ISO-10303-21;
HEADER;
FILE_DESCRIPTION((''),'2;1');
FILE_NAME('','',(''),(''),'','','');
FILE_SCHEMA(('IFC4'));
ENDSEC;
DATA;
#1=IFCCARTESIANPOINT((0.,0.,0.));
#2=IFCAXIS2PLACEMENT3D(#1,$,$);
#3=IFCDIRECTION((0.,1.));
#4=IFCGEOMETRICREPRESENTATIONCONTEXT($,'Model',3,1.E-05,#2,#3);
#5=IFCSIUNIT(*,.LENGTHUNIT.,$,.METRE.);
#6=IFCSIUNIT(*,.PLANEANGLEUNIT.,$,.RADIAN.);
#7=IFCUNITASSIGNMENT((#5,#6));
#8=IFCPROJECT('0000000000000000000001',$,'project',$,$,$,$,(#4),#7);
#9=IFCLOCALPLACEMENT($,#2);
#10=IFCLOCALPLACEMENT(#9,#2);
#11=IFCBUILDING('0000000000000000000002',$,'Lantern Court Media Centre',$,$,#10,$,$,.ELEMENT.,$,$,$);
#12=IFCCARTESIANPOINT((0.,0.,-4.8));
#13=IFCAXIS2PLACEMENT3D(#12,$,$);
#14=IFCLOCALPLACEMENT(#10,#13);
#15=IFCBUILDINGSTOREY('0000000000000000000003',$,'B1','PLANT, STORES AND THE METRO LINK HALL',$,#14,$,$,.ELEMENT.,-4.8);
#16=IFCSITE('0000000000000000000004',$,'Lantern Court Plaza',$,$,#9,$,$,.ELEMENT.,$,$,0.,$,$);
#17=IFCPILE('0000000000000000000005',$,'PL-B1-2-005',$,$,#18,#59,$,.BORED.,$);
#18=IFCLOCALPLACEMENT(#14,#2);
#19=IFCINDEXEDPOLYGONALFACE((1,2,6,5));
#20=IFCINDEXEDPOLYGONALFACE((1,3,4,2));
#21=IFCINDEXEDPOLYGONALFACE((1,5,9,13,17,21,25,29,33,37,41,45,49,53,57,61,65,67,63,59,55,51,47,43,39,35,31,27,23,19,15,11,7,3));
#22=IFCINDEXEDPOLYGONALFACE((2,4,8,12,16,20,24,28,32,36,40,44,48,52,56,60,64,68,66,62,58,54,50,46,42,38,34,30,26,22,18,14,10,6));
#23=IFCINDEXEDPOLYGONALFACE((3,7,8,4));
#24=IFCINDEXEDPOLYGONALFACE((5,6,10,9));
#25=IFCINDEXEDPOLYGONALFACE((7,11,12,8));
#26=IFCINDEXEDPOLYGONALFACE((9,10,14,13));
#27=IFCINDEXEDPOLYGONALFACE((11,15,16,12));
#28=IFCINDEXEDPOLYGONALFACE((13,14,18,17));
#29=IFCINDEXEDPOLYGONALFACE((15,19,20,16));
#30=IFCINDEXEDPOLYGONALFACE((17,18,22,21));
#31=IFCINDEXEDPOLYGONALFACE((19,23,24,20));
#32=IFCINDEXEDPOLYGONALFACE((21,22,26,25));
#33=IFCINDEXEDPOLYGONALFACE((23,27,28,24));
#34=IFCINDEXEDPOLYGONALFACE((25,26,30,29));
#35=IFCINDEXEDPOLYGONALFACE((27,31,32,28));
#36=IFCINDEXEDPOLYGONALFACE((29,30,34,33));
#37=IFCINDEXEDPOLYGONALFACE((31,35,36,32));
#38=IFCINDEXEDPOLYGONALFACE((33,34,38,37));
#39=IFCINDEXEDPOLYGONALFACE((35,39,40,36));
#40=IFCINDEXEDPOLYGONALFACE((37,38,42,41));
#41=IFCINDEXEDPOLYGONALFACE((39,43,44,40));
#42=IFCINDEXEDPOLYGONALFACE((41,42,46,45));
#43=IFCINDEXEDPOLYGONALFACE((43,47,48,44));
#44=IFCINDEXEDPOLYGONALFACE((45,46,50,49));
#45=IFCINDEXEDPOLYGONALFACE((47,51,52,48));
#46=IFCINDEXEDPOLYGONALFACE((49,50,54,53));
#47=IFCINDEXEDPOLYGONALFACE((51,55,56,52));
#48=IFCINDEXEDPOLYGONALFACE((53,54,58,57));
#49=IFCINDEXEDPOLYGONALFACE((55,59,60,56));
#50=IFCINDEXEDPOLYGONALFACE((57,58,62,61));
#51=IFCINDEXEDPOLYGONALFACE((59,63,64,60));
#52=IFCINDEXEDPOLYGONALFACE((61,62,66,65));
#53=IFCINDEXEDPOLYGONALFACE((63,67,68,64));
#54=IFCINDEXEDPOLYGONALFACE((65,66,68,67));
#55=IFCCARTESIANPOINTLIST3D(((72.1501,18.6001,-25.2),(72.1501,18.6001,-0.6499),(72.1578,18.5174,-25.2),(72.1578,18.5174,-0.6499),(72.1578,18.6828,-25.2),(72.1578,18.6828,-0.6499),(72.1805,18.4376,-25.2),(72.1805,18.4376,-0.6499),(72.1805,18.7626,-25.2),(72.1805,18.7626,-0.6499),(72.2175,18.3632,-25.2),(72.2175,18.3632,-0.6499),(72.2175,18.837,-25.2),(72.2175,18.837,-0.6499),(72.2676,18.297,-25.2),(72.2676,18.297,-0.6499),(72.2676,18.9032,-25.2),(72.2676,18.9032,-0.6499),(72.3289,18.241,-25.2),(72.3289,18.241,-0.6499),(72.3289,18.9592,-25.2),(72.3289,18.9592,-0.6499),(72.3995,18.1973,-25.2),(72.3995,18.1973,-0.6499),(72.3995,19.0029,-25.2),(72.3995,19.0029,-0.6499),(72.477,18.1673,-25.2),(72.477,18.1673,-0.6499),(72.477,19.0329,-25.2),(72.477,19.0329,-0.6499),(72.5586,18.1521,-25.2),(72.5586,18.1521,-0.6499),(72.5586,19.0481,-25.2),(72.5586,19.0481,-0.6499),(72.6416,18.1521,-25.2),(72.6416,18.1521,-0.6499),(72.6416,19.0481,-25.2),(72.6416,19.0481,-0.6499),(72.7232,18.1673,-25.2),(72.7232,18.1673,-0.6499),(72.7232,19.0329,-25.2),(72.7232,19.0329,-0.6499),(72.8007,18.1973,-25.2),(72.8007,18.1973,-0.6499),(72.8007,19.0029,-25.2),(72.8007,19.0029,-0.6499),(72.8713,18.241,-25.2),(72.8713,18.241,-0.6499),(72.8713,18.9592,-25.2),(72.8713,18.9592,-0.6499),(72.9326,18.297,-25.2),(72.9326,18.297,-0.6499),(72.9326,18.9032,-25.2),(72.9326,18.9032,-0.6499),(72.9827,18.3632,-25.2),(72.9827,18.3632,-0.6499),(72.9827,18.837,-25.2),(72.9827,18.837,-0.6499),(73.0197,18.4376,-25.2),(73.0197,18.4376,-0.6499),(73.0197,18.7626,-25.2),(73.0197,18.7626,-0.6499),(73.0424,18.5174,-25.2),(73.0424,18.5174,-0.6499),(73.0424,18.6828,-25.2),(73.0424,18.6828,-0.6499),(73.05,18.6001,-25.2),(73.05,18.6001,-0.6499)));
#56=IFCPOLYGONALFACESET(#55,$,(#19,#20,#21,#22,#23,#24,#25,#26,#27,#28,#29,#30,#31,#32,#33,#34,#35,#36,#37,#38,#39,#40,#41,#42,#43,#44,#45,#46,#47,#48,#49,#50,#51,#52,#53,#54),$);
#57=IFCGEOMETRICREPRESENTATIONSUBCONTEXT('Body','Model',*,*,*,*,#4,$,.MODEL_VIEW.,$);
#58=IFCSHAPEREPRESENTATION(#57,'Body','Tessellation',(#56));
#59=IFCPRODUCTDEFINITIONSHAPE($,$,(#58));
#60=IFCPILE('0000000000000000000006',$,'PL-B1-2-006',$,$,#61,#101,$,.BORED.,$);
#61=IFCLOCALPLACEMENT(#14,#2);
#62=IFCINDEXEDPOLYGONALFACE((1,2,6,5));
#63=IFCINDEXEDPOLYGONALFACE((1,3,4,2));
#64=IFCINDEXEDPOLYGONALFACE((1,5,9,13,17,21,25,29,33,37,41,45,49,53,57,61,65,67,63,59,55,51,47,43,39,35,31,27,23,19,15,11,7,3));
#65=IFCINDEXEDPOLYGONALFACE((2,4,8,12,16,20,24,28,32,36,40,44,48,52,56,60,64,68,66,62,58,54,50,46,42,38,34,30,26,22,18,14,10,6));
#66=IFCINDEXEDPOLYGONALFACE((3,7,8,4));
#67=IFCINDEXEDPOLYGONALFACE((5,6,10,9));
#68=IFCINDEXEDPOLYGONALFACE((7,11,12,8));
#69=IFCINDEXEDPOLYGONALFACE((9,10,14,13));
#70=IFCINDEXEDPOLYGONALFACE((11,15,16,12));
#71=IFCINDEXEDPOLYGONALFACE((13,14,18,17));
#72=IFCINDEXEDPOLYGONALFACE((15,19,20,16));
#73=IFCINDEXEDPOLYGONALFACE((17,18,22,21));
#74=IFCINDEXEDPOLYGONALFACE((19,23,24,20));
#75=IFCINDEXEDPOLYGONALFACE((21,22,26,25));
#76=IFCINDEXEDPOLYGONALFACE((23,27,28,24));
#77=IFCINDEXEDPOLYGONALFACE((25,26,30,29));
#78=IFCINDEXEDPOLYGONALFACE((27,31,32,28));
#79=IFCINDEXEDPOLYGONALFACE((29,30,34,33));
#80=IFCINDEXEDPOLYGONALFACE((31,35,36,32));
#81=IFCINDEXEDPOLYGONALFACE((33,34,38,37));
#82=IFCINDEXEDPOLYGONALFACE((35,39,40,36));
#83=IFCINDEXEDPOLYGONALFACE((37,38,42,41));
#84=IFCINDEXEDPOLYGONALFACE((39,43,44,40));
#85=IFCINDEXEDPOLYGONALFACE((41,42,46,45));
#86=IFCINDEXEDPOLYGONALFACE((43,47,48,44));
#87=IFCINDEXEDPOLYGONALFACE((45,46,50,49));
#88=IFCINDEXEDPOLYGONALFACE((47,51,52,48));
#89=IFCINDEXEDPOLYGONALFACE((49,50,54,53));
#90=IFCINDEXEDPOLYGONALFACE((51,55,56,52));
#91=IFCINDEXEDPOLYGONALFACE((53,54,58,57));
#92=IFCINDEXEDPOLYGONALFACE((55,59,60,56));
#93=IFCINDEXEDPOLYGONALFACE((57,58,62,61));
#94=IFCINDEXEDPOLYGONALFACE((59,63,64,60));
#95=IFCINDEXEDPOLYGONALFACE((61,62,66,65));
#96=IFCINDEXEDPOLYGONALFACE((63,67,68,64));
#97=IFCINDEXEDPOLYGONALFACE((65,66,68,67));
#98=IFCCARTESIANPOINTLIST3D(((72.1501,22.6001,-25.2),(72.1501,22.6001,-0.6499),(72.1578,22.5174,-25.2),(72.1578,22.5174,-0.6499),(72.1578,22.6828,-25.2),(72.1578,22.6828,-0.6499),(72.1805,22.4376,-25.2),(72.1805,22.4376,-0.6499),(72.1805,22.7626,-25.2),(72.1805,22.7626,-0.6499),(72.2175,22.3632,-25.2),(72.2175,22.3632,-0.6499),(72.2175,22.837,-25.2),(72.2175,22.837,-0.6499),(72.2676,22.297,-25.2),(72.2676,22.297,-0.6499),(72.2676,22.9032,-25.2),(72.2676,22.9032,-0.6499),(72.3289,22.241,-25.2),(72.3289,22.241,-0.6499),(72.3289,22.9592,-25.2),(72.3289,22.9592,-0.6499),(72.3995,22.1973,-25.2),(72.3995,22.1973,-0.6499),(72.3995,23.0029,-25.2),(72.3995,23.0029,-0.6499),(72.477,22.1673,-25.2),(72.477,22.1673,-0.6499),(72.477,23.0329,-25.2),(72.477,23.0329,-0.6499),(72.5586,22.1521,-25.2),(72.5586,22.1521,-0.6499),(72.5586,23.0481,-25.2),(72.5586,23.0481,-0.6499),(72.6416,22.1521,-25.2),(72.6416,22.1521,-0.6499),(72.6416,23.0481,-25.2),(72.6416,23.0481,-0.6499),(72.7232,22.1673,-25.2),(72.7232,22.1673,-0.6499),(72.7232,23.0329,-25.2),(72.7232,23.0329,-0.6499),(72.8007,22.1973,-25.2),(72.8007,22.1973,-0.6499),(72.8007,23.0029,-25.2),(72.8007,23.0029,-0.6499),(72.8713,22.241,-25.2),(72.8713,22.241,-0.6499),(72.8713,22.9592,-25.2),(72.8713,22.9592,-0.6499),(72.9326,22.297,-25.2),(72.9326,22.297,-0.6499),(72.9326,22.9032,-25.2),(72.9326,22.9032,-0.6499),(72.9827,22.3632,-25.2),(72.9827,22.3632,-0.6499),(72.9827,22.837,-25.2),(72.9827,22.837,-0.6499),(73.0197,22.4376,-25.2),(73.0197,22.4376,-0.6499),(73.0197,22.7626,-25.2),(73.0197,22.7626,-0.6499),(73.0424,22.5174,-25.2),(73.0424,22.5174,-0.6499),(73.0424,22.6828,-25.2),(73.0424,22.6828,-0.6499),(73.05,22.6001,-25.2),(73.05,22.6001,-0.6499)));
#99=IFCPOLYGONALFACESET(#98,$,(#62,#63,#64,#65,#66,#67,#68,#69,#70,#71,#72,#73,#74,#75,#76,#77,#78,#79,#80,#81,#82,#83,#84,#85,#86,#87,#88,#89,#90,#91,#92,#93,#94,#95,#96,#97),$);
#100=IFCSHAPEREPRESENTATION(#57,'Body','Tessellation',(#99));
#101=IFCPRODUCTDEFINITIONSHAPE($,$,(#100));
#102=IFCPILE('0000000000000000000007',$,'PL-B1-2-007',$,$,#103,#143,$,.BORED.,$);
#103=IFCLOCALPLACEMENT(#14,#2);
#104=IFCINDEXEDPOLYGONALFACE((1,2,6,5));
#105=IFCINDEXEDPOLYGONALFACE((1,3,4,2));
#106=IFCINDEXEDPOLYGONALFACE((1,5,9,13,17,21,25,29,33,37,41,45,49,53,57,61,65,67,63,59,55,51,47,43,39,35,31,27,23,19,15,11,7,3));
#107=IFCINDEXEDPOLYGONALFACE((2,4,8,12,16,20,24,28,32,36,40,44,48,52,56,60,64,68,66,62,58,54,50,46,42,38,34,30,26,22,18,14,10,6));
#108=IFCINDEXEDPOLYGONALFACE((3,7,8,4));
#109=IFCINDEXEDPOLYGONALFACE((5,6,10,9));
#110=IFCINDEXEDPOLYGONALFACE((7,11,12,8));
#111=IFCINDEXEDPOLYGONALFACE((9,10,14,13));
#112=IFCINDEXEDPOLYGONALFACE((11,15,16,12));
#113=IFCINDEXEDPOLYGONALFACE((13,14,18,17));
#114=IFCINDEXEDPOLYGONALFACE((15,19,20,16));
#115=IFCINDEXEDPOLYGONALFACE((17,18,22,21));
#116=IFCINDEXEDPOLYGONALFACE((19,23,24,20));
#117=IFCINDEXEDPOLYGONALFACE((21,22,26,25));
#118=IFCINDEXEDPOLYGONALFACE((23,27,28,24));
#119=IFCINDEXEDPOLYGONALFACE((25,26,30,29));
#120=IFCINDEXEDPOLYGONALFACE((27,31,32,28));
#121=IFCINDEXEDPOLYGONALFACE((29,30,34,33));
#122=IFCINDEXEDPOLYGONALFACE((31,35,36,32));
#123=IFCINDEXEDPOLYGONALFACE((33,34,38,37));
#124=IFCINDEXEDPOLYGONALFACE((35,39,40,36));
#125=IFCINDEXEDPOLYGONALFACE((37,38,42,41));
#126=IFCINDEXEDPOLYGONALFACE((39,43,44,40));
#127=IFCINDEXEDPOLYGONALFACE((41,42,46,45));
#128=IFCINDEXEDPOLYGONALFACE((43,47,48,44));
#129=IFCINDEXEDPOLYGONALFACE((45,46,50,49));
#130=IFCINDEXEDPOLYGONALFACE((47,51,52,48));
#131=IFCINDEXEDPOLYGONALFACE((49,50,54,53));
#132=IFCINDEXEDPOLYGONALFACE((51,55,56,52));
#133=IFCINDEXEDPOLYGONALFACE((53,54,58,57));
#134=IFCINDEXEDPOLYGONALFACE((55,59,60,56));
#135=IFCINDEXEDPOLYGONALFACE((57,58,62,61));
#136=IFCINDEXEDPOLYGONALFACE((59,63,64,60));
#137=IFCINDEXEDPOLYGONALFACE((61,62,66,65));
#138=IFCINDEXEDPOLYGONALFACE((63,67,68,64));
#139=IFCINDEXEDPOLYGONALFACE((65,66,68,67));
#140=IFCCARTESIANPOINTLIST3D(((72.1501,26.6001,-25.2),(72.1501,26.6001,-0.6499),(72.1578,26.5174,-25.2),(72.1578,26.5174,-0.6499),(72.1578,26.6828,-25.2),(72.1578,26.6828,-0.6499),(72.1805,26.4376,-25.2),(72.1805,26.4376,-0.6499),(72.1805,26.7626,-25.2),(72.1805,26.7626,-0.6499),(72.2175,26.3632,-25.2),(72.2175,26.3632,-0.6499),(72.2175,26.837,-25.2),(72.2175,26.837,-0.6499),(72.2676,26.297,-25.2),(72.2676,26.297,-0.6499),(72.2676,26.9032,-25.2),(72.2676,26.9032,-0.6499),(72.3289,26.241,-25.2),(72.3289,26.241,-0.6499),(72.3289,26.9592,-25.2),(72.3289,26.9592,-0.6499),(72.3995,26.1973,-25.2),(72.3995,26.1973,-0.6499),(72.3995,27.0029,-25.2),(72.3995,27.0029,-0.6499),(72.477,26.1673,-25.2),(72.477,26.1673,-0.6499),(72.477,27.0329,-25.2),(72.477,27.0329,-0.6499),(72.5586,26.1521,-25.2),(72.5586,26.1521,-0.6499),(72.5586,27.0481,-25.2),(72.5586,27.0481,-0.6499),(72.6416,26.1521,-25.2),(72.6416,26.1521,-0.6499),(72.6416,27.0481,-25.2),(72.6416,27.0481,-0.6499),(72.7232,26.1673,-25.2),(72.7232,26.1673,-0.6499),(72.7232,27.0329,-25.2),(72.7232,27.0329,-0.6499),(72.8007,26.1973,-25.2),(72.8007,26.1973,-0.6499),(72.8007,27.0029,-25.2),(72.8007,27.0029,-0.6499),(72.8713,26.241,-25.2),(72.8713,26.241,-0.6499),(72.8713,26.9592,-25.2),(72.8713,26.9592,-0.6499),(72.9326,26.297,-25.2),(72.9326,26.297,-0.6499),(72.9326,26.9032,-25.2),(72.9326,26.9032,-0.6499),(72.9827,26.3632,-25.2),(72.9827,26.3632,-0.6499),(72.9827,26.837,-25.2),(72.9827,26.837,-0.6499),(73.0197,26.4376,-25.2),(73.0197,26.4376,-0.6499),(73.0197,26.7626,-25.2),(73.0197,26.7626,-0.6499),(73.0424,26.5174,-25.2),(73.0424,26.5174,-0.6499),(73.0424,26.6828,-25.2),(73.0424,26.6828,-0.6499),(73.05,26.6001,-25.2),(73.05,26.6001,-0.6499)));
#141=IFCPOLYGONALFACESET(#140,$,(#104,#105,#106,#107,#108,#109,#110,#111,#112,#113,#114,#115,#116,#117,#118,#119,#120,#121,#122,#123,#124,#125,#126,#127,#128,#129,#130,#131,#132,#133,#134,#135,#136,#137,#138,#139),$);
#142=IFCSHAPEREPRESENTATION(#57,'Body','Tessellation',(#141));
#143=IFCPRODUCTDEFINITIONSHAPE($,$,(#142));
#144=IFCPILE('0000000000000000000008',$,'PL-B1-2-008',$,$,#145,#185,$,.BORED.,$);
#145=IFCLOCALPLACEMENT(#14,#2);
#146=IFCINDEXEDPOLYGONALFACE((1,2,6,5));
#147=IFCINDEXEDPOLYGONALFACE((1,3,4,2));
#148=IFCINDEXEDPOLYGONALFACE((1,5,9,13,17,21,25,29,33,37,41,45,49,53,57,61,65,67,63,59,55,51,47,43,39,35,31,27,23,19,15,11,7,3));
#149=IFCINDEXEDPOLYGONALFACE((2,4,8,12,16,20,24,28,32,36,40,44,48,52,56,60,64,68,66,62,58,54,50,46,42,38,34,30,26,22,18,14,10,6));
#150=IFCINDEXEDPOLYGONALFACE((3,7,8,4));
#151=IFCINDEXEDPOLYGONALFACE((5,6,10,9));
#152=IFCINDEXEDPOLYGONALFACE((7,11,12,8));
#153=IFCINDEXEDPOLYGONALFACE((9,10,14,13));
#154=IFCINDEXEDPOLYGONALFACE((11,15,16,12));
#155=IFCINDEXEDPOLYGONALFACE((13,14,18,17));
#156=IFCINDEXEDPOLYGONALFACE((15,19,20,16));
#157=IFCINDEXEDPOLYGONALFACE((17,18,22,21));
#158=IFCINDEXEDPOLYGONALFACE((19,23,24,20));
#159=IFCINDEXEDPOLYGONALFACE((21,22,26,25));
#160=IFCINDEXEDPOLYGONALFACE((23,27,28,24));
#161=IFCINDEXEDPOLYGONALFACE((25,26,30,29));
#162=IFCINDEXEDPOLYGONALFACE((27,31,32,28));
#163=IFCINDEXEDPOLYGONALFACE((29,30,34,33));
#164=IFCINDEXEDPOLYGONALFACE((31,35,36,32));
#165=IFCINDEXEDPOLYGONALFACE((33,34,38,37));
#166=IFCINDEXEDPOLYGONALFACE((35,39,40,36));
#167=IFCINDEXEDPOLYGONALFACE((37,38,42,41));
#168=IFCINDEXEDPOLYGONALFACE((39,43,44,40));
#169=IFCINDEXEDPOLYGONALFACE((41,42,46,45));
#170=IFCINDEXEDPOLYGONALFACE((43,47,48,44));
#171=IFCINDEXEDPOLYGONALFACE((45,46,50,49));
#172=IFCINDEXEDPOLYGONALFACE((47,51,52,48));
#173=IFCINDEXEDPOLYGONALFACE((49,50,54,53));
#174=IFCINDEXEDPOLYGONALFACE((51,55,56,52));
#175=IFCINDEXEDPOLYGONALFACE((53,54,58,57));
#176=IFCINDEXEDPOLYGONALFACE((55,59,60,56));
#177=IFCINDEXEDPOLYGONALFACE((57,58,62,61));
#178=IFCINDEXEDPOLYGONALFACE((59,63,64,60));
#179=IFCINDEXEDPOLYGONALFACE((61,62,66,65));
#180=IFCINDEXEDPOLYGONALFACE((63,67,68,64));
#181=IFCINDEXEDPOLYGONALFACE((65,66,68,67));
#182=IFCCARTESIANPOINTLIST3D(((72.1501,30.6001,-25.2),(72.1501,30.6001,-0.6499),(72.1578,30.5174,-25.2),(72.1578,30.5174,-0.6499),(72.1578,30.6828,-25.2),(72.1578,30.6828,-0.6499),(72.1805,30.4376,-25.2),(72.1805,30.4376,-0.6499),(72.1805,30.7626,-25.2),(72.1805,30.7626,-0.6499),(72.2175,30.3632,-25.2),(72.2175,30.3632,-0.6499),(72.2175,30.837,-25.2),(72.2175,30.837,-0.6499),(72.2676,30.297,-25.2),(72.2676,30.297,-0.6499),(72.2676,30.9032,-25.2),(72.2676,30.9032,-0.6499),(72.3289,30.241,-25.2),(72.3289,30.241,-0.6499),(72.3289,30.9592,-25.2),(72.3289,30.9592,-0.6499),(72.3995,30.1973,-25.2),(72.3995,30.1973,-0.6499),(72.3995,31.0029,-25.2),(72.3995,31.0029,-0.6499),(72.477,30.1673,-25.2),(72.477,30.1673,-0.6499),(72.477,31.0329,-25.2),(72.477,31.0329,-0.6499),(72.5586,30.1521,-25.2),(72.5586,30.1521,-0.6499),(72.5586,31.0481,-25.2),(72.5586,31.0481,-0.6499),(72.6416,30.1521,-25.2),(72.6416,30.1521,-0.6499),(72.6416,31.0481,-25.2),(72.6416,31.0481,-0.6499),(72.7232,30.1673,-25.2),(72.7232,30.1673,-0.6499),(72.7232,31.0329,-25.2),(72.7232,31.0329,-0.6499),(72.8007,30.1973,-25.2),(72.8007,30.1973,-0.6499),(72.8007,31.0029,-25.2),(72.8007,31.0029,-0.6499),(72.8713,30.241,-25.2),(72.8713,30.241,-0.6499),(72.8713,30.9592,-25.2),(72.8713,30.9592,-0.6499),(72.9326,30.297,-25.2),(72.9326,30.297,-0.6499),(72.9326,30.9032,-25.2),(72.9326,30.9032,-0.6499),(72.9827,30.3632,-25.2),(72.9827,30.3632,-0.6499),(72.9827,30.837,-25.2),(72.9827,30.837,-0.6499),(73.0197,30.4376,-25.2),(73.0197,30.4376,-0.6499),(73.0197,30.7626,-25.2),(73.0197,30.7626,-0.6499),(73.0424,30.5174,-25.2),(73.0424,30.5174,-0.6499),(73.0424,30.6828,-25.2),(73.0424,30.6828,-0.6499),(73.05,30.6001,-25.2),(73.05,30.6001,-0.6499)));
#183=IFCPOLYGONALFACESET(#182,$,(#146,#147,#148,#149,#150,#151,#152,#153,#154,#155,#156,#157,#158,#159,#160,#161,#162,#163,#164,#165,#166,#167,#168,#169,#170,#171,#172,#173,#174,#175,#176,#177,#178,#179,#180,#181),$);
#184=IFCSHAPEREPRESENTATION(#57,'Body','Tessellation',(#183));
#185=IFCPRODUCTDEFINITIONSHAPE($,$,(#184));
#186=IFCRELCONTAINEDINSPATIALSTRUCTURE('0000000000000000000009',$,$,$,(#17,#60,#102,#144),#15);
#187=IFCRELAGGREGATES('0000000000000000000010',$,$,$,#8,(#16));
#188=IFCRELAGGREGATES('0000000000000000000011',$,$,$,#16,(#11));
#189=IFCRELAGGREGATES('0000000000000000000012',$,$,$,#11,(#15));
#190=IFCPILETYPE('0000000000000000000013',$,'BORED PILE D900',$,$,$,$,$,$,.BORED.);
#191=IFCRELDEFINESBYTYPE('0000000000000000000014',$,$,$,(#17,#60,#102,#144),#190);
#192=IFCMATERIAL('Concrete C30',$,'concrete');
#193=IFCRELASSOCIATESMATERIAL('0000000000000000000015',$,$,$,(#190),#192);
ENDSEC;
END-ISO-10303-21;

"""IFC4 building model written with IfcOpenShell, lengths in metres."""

from ifc_helpers import new_model, si_unit, direction, frame, origin, origin_2d, place, context, subcontext, project, spatial, circle, extrude, material, material_profile, profile_set, type_object, element, save


model = new_model("IFC4")

# Units and contexts
model_context = context("Model", 3, precision=1e-05, world=origin(), true_north=direction((0.0, 1.0)))
body_context = subcontext(model_context, "Body", "Model", "MODEL_VIEW")
ifc_project = project(units=[si_unit("LENGTHUNIT", "METRE"), si_unit("PLANEANGLEUNIT", "RADIAN")], contexts=[model_context])

# Site, building, storey
site_placement = place(None, origin())
site = spatial("IfcSite", under=ifc_project, at=site_placement, Name="Lantern Court Plaza", CompositionType="ELEMENT", RefElevation=0.0)
building_placement = place(site_placement, origin())
building = spatial("IfcBuilding", under=site, at=building_placement, Name="Lantern Court Media Centre", CompositionType="ELEMENT")
storey_placement = place(building_placement, frame((0.0, 0.0, -4.8)))
storey = spatial("IfcBuildingStorey", under=building, at=storey_placement, Name="B1", Description="PLANT, STORES AND THE METRO LINK HALL", CompositionType="ELEMENT", Elevation=-4.8)

# Piles
ifc_material_1 = material(Name="Concrete C30", Category="concrete")
ifc_material_profile_1 = material_profile(ifc_material_1, circle(Radius=0.45, at=origin_2d()), Name="D900")
ifc_profile_set_1 = profile_set([ifc_material_profile_1], Name="Concrete C30")
pile_type = type_object("IfcPileType", Name="BORED PILE D900", PredefinedType="BORED", material=ifc_profile_set_1)
for number, where, z_axis, x_axis, name in (
    (1, (72.6001, 18.6001, -0.6499), (0.0, 0.0, -1.0), (1.0, 0.0, 0.0), "PL-B1-2-005"),
    (2, (72.6001, 22.6001, -0.6499), (0.0, 0.0, -1.0), (1.0, 0.0, 0.0), "PL-B1-2-006"),
    (3, (72.6001, 26.6001, -0.6499), (0.0, 0.0, -1.0), (1.0, 0.0, 0.0), "PL-B1-2-007"),
    (4, (72.6001, 30.6001, -0.6499), (0.0, 0.0, -1.0), (1.0, 0.0, 0.0), "PL-B1-2-008"),
):
    element("IfcPile", number, at=place(storey_placement, frame(where, z_axis=z_axis, x_axis=x_axis)), inside=storey, type_object=pile_type, Name=name, PredefinedType="BORED", context=body_context, shape_type="SweptSolid", body=[
        extrude(circle(Radius=0.45, at=origin_2d()), origin(), (0.0, 0.0, 1.0), 24.55),
    ])

save(model, "model.ifc")
